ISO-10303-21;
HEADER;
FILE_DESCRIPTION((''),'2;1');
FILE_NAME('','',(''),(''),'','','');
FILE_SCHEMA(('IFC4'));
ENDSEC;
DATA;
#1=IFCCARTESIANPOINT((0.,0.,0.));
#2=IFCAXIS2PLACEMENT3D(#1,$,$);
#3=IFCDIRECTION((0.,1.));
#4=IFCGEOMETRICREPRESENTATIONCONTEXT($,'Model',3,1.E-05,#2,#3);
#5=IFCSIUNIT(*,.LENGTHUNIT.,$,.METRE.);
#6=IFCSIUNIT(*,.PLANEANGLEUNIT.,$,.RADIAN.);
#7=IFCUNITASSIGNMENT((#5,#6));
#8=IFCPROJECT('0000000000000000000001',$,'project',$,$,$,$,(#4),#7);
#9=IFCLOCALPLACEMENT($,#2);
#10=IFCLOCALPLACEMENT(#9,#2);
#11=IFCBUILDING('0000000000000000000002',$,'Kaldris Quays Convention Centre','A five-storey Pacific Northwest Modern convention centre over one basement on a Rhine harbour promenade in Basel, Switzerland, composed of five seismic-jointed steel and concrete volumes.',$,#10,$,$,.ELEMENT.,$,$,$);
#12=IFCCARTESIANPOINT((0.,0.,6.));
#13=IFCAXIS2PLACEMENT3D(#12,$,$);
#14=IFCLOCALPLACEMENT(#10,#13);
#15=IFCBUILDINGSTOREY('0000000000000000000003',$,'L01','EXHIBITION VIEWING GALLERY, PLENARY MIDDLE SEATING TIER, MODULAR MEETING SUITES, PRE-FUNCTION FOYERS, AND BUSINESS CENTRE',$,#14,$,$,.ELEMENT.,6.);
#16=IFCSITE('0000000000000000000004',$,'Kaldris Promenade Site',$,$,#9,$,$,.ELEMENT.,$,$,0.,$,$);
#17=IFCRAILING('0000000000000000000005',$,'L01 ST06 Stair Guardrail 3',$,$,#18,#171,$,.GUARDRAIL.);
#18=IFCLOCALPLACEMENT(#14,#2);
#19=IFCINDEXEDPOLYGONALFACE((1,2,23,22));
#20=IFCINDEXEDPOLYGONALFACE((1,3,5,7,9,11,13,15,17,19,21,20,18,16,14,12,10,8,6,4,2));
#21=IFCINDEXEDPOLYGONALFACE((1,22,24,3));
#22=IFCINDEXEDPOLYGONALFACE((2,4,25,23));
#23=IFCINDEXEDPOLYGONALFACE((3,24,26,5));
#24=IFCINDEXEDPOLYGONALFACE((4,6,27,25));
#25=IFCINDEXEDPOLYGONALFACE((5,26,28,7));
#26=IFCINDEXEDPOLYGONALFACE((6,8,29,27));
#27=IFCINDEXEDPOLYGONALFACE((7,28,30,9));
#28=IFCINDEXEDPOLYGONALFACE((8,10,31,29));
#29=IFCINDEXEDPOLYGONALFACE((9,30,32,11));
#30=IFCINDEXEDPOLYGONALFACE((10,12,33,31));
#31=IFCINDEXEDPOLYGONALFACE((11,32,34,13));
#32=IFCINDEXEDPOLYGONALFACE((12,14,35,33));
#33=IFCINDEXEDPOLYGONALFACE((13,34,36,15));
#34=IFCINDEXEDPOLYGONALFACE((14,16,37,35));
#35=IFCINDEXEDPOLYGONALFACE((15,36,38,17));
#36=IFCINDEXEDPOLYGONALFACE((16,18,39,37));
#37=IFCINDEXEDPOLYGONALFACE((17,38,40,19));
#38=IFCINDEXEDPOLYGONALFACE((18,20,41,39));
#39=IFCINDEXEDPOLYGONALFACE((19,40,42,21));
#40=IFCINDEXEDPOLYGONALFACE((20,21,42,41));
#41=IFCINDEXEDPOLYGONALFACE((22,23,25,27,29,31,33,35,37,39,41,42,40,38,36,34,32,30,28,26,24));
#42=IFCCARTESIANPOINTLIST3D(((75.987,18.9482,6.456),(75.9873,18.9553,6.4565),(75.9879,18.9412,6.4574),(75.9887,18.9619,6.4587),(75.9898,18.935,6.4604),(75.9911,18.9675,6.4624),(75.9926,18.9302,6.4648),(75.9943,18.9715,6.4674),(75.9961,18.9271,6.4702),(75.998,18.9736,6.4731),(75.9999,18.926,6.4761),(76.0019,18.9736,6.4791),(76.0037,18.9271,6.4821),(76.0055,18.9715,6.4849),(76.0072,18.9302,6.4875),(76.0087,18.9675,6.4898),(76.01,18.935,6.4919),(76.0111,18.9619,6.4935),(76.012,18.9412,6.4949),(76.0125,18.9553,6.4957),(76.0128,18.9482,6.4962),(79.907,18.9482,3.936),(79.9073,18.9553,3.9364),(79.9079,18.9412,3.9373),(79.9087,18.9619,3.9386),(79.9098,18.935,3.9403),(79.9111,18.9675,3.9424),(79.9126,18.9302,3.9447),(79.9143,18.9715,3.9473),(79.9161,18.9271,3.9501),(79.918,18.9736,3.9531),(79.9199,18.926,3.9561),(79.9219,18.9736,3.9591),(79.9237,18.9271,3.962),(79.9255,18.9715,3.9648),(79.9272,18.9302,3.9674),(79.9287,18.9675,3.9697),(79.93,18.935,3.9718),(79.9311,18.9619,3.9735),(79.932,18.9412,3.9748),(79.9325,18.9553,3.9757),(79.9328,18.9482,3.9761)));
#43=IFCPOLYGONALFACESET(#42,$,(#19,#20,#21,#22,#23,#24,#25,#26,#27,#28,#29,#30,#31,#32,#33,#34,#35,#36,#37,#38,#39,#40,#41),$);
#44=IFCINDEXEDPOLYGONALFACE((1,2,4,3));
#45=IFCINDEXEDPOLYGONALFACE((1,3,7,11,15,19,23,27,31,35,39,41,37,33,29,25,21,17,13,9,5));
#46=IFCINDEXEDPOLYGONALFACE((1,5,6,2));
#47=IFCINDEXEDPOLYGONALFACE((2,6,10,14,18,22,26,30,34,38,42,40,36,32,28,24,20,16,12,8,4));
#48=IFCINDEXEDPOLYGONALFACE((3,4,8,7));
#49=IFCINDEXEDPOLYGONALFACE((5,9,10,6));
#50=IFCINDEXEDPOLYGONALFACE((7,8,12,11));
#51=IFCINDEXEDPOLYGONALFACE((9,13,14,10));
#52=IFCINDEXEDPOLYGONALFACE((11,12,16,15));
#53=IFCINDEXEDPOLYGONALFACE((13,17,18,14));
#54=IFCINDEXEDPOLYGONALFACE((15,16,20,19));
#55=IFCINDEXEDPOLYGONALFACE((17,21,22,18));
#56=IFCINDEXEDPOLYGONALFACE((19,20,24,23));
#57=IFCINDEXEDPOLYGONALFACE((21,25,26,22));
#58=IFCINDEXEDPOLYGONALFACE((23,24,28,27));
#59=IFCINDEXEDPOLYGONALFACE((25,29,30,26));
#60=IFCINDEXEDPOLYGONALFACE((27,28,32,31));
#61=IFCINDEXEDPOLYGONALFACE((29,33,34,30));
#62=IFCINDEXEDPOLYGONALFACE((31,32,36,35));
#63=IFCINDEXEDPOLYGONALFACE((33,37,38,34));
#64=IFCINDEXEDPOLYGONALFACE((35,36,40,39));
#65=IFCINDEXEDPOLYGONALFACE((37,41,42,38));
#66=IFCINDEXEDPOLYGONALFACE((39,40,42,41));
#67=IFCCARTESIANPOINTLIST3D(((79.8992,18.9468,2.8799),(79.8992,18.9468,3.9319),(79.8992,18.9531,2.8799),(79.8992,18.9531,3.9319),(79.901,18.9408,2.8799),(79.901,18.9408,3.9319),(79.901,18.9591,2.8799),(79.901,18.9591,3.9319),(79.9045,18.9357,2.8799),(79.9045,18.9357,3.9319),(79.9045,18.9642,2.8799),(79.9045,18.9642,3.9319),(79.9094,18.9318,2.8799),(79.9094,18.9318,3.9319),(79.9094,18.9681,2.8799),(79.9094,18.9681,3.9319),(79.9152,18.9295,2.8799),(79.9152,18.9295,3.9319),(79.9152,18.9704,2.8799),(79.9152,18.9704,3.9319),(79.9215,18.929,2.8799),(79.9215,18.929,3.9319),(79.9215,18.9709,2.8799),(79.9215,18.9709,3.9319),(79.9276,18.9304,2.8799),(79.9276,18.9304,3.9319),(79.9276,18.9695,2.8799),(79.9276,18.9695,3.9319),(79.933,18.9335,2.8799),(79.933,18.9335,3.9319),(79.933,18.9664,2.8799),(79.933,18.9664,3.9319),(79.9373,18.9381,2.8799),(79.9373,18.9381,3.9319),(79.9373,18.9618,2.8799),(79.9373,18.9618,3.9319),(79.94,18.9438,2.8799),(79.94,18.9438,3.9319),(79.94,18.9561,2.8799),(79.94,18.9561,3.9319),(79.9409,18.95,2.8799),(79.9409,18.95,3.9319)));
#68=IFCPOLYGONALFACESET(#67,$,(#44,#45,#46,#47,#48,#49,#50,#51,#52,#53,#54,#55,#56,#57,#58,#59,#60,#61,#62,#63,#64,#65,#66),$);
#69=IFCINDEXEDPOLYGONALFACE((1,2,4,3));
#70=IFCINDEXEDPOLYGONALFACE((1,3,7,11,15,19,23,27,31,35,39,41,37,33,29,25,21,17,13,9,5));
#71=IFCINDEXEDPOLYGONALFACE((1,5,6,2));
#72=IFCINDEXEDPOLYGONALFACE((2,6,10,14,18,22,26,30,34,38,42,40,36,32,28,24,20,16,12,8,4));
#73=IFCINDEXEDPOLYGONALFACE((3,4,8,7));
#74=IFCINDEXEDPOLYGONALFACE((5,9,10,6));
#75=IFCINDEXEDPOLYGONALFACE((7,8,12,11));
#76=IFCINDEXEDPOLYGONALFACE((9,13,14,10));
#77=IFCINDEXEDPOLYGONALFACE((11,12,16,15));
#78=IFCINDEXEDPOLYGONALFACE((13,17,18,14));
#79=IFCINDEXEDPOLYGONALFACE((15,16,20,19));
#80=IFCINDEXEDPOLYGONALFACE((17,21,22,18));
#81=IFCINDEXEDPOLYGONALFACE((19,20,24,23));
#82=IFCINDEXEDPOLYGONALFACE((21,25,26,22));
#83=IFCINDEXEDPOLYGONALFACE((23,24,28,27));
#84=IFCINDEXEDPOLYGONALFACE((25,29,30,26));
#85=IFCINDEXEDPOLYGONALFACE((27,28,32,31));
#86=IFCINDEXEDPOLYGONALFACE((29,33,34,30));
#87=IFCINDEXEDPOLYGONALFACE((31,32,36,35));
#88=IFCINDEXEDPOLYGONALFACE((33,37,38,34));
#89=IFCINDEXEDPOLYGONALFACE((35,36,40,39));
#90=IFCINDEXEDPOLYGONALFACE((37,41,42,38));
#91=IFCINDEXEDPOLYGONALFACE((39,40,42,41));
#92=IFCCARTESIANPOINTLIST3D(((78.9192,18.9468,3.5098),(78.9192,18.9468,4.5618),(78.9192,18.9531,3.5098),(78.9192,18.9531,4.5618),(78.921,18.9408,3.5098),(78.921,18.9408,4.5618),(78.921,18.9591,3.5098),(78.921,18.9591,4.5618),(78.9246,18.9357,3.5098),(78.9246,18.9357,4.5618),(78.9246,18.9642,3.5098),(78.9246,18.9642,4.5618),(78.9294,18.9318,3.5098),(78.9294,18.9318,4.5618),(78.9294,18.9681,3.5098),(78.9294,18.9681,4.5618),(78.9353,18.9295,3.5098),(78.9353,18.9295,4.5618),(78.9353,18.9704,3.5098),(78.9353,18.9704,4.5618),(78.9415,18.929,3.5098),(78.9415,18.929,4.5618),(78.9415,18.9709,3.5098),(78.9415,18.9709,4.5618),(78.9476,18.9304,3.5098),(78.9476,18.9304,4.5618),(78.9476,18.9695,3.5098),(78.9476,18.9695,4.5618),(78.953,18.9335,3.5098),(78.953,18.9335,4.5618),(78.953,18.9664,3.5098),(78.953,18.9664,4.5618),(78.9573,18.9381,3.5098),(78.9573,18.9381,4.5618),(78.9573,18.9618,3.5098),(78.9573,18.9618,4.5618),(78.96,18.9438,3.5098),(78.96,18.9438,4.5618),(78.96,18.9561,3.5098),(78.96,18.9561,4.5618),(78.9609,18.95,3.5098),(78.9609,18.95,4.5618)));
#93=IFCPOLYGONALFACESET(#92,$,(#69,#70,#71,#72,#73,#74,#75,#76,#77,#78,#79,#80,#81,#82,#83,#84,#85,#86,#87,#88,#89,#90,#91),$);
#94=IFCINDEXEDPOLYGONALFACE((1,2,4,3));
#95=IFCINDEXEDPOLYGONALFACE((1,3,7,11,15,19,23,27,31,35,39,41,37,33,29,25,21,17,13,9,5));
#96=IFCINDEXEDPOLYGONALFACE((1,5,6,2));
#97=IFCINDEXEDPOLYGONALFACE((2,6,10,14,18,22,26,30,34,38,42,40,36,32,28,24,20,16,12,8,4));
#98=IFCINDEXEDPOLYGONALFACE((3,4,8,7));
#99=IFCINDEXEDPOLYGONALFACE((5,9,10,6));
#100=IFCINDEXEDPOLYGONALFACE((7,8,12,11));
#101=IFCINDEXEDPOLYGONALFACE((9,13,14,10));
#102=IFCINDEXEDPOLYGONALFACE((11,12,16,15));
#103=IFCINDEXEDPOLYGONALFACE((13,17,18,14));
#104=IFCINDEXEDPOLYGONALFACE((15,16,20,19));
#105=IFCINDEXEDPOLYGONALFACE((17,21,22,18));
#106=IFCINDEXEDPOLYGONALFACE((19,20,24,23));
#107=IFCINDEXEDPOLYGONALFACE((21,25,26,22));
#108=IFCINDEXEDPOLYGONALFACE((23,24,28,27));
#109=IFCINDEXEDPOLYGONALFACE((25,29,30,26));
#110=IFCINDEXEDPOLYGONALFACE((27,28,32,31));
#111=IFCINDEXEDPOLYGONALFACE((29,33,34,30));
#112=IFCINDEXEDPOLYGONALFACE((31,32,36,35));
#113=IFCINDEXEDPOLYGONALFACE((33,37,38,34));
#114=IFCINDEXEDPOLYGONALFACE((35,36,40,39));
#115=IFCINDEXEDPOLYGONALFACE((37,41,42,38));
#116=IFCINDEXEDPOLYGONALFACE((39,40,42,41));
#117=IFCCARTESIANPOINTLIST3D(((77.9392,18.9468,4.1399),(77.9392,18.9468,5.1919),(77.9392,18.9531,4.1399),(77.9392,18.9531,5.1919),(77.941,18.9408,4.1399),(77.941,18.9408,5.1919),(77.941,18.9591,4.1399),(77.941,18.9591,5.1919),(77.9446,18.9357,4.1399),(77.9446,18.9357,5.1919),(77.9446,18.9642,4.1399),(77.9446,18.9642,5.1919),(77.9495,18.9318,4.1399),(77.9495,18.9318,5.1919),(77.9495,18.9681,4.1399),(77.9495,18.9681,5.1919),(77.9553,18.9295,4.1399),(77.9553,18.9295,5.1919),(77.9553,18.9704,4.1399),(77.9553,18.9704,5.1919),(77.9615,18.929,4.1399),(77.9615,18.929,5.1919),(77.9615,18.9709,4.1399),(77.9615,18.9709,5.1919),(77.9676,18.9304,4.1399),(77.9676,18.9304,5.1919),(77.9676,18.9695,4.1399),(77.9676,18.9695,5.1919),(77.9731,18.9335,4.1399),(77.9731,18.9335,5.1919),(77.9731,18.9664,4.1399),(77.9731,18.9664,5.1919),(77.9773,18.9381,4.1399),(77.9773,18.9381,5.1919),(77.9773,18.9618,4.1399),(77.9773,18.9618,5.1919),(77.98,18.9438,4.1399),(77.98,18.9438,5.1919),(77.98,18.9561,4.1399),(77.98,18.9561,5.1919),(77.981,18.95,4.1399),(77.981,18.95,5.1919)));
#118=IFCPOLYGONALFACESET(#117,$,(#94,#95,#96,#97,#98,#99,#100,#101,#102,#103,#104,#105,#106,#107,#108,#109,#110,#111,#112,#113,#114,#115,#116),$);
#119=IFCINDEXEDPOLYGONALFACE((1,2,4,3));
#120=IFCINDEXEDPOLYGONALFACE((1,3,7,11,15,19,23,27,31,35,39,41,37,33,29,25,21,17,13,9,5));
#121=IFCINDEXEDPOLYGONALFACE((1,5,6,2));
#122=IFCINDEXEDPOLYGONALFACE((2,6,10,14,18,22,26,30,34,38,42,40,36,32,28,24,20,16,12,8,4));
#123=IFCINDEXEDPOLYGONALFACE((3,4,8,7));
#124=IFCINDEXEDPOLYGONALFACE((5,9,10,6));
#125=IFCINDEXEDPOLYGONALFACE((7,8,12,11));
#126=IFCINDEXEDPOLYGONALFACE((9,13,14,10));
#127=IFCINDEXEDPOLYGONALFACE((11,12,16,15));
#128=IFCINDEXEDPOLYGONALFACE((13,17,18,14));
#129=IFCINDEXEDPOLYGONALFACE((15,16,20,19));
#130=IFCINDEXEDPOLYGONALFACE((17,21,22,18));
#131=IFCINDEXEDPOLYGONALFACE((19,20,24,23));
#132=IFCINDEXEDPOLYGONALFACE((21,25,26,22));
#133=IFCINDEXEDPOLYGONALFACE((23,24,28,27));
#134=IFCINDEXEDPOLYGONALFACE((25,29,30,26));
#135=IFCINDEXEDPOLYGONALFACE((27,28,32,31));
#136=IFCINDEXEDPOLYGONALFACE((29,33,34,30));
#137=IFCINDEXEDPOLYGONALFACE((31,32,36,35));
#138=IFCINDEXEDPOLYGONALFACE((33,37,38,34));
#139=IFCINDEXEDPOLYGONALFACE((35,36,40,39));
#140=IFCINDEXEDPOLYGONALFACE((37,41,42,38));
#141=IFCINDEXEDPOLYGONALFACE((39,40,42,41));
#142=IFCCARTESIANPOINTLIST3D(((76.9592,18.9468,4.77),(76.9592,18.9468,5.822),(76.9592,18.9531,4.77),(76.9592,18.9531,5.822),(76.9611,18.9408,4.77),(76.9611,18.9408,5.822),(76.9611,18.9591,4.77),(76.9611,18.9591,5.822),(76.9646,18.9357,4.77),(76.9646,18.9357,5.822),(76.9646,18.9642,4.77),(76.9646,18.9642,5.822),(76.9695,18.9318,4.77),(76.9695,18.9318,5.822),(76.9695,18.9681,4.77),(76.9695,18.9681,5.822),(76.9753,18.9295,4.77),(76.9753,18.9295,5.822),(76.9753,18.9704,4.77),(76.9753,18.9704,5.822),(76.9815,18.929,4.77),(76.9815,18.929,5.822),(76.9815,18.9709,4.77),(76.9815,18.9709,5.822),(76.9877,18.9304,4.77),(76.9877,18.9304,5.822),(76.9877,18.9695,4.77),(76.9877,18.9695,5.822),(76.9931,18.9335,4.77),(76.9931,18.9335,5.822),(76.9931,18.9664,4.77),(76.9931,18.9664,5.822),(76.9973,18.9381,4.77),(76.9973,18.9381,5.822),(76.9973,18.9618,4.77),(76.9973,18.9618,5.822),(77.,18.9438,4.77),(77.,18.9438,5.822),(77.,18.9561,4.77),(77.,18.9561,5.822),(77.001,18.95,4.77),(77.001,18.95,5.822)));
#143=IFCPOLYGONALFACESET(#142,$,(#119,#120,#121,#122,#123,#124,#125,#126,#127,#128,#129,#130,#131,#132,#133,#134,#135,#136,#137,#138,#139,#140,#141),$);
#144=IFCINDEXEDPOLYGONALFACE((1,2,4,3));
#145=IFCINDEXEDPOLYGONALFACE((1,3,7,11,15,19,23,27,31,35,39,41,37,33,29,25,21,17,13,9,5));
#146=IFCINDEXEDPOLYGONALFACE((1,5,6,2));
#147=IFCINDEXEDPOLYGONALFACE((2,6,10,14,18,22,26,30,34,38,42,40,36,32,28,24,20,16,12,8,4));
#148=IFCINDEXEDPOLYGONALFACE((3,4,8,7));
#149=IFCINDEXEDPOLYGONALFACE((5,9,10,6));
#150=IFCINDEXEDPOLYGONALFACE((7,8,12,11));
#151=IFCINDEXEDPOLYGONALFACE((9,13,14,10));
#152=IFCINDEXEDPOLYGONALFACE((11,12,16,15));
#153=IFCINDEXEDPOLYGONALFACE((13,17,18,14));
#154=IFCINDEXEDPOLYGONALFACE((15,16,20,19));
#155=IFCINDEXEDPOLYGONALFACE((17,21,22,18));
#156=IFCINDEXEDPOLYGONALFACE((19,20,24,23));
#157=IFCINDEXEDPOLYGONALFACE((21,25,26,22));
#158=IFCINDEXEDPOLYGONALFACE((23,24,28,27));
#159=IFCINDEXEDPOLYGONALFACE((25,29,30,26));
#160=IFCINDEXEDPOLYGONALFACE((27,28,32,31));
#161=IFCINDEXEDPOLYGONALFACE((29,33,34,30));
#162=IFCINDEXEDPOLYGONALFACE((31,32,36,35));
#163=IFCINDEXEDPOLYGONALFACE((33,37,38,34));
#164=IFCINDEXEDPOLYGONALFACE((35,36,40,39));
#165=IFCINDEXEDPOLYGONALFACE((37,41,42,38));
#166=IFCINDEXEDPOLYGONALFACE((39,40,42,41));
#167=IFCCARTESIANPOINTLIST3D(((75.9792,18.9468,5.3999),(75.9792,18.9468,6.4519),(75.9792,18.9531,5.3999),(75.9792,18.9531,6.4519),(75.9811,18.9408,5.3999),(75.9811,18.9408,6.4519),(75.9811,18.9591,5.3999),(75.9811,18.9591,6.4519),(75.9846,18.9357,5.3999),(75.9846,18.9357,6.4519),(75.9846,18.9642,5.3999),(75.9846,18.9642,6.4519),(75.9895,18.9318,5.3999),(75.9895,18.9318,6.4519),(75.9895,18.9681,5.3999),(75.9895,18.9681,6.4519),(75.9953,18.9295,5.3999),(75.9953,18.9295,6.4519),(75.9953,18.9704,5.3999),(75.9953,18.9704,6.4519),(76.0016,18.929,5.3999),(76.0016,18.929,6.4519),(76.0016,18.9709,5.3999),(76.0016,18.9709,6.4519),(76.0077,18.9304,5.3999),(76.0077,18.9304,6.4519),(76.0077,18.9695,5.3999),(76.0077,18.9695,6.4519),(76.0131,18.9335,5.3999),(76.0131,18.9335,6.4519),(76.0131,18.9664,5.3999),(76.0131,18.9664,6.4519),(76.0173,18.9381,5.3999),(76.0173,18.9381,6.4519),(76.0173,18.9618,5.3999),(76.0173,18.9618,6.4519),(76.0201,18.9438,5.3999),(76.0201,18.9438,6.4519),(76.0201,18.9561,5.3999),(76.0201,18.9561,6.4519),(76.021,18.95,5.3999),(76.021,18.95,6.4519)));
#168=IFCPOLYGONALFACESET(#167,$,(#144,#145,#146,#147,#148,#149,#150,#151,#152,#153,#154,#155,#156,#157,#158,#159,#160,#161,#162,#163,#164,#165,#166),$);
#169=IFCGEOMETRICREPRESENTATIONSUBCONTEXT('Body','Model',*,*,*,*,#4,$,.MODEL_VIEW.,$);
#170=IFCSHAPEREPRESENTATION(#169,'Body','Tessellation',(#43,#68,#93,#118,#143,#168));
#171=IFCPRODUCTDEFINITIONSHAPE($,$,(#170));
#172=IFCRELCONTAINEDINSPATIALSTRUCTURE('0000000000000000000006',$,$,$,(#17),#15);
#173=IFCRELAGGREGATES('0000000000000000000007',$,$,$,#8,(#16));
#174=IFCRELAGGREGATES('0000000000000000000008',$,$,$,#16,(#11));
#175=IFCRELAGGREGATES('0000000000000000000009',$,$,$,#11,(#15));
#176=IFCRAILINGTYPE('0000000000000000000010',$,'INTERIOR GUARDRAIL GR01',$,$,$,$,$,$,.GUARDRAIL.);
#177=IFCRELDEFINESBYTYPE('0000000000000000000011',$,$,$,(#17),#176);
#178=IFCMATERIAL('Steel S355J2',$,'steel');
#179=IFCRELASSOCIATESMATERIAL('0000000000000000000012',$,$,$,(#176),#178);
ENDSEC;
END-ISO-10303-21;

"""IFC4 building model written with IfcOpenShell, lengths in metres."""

from ifc_helpers import new_model, si_unit, direction, frame, origin, origin_2d, place, context, subcontext, project, spatial, circle, extrude, material, type_object, element, save


model = new_model("IFC4")

# Units and contexts
model_context = context("Model", 3, precision=1e-05, world=origin(), true_north=direction((0.0, 1.0)))
body_context = subcontext(model_context, "Body", "Model", "MODEL_VIEW")
ifc_project = project(units=[si_unit("LENGTHUNIT", "METRE"), si_unit("PLANEANGLEUNIT", "RADIAN")], contexts=[model_context])

# Site, building, storey
site_placement = place(None, origin())
site = spatial("IfcSite", under=ifc_project, at=site_placement, Name="Kaldris Promenade Site", CompositionType="ELEMENT", RefElevation=0.0)
building_placement = place(site_placement, origin())
building = spatial("IfcBuilding", under=site, at=building_placement, Name="Kaldris Quays Convention Centre", Description="A five-storey Pacific Northwest Modern convention centre over one basement on a Rhine harbour promenade in Basel, Switzerland, composed of five seismic-jointed steel and concrete volumes.", CompositionType="ELEMENT")
storey_placement = place(building_placement, frame((0.0, 0.0, 6.0)))
storey = spatial("IfcBuildingStorey", under=building, at=storey_placement, Name="L01", Description="EXHIBITION VIEWING GALLERY, PLENARY MIDDLE SEATING TIER, MODULAR MEETING SUITES, PRE-FUNCTION FOYERS, AND BUSINESS CENTRE", CompositionType="ELEMENT", Elevation=6.0)

# Shared definitions
ifc_material_1 = material(Name="Steel S355J2", Category="steel")

# Railing
railing_type_1 = type_object("IfcRailingType", Name="INTERIOR GUARDRAIL GR01", PredefinedType="GUARDRAIL", material=ifc_material_1)
railing_1_placement = place(storey_placement, frame((79.9199, 18.95, 2.8799)))
element("IfcRailing", 1, at=railing_1_placement, inside=storey, type_object=railing_type_1, Name="L01 ST06 Stair Guardrail 3", PredefinedType="GUARDRAIL", context=body_context, shape_type="SweptSolid", body=[
    extrude(circle(Radius=0.0239, at=origin_2d()), frame((0.0, 0.0, 1.0762), z_axis=(-0.841172, 0.0, 0.540768), x_axis=(0.0, -1.0, 0.0)), (0.0, 0.0, 1.0), 4.6602),
    extrude(circle(Radius=0.021, at=origin_2d()), origin(), (0.0, 0.0, 1.0), 1.052),
    extrude(circle(Radius=0.021, at=origin_2d()), frame((-0.98, 0.0, 0.6299)), (0.0, 0.0, 1.0), 1.052),
    extrude(circle(Radius=0.021, at=origin_2d()), frame((-1.96, 0.0, 1.26)), (0.0, 0.0, 1.0), 1.052),
    extrude(circle(Radius=0.021, at=origin_2d()), frame((-2.9399, 0.0, 1.8901)), (0.0, 0.0, 1.0), 1.052),
    extrude(circle(Radius=0.021, at=origin_2d()), frame((-3.9199, 0.0, 2.52)), (0.0, 0.0, 1.0), 1.052),
])

save(model, "model.ifc")
